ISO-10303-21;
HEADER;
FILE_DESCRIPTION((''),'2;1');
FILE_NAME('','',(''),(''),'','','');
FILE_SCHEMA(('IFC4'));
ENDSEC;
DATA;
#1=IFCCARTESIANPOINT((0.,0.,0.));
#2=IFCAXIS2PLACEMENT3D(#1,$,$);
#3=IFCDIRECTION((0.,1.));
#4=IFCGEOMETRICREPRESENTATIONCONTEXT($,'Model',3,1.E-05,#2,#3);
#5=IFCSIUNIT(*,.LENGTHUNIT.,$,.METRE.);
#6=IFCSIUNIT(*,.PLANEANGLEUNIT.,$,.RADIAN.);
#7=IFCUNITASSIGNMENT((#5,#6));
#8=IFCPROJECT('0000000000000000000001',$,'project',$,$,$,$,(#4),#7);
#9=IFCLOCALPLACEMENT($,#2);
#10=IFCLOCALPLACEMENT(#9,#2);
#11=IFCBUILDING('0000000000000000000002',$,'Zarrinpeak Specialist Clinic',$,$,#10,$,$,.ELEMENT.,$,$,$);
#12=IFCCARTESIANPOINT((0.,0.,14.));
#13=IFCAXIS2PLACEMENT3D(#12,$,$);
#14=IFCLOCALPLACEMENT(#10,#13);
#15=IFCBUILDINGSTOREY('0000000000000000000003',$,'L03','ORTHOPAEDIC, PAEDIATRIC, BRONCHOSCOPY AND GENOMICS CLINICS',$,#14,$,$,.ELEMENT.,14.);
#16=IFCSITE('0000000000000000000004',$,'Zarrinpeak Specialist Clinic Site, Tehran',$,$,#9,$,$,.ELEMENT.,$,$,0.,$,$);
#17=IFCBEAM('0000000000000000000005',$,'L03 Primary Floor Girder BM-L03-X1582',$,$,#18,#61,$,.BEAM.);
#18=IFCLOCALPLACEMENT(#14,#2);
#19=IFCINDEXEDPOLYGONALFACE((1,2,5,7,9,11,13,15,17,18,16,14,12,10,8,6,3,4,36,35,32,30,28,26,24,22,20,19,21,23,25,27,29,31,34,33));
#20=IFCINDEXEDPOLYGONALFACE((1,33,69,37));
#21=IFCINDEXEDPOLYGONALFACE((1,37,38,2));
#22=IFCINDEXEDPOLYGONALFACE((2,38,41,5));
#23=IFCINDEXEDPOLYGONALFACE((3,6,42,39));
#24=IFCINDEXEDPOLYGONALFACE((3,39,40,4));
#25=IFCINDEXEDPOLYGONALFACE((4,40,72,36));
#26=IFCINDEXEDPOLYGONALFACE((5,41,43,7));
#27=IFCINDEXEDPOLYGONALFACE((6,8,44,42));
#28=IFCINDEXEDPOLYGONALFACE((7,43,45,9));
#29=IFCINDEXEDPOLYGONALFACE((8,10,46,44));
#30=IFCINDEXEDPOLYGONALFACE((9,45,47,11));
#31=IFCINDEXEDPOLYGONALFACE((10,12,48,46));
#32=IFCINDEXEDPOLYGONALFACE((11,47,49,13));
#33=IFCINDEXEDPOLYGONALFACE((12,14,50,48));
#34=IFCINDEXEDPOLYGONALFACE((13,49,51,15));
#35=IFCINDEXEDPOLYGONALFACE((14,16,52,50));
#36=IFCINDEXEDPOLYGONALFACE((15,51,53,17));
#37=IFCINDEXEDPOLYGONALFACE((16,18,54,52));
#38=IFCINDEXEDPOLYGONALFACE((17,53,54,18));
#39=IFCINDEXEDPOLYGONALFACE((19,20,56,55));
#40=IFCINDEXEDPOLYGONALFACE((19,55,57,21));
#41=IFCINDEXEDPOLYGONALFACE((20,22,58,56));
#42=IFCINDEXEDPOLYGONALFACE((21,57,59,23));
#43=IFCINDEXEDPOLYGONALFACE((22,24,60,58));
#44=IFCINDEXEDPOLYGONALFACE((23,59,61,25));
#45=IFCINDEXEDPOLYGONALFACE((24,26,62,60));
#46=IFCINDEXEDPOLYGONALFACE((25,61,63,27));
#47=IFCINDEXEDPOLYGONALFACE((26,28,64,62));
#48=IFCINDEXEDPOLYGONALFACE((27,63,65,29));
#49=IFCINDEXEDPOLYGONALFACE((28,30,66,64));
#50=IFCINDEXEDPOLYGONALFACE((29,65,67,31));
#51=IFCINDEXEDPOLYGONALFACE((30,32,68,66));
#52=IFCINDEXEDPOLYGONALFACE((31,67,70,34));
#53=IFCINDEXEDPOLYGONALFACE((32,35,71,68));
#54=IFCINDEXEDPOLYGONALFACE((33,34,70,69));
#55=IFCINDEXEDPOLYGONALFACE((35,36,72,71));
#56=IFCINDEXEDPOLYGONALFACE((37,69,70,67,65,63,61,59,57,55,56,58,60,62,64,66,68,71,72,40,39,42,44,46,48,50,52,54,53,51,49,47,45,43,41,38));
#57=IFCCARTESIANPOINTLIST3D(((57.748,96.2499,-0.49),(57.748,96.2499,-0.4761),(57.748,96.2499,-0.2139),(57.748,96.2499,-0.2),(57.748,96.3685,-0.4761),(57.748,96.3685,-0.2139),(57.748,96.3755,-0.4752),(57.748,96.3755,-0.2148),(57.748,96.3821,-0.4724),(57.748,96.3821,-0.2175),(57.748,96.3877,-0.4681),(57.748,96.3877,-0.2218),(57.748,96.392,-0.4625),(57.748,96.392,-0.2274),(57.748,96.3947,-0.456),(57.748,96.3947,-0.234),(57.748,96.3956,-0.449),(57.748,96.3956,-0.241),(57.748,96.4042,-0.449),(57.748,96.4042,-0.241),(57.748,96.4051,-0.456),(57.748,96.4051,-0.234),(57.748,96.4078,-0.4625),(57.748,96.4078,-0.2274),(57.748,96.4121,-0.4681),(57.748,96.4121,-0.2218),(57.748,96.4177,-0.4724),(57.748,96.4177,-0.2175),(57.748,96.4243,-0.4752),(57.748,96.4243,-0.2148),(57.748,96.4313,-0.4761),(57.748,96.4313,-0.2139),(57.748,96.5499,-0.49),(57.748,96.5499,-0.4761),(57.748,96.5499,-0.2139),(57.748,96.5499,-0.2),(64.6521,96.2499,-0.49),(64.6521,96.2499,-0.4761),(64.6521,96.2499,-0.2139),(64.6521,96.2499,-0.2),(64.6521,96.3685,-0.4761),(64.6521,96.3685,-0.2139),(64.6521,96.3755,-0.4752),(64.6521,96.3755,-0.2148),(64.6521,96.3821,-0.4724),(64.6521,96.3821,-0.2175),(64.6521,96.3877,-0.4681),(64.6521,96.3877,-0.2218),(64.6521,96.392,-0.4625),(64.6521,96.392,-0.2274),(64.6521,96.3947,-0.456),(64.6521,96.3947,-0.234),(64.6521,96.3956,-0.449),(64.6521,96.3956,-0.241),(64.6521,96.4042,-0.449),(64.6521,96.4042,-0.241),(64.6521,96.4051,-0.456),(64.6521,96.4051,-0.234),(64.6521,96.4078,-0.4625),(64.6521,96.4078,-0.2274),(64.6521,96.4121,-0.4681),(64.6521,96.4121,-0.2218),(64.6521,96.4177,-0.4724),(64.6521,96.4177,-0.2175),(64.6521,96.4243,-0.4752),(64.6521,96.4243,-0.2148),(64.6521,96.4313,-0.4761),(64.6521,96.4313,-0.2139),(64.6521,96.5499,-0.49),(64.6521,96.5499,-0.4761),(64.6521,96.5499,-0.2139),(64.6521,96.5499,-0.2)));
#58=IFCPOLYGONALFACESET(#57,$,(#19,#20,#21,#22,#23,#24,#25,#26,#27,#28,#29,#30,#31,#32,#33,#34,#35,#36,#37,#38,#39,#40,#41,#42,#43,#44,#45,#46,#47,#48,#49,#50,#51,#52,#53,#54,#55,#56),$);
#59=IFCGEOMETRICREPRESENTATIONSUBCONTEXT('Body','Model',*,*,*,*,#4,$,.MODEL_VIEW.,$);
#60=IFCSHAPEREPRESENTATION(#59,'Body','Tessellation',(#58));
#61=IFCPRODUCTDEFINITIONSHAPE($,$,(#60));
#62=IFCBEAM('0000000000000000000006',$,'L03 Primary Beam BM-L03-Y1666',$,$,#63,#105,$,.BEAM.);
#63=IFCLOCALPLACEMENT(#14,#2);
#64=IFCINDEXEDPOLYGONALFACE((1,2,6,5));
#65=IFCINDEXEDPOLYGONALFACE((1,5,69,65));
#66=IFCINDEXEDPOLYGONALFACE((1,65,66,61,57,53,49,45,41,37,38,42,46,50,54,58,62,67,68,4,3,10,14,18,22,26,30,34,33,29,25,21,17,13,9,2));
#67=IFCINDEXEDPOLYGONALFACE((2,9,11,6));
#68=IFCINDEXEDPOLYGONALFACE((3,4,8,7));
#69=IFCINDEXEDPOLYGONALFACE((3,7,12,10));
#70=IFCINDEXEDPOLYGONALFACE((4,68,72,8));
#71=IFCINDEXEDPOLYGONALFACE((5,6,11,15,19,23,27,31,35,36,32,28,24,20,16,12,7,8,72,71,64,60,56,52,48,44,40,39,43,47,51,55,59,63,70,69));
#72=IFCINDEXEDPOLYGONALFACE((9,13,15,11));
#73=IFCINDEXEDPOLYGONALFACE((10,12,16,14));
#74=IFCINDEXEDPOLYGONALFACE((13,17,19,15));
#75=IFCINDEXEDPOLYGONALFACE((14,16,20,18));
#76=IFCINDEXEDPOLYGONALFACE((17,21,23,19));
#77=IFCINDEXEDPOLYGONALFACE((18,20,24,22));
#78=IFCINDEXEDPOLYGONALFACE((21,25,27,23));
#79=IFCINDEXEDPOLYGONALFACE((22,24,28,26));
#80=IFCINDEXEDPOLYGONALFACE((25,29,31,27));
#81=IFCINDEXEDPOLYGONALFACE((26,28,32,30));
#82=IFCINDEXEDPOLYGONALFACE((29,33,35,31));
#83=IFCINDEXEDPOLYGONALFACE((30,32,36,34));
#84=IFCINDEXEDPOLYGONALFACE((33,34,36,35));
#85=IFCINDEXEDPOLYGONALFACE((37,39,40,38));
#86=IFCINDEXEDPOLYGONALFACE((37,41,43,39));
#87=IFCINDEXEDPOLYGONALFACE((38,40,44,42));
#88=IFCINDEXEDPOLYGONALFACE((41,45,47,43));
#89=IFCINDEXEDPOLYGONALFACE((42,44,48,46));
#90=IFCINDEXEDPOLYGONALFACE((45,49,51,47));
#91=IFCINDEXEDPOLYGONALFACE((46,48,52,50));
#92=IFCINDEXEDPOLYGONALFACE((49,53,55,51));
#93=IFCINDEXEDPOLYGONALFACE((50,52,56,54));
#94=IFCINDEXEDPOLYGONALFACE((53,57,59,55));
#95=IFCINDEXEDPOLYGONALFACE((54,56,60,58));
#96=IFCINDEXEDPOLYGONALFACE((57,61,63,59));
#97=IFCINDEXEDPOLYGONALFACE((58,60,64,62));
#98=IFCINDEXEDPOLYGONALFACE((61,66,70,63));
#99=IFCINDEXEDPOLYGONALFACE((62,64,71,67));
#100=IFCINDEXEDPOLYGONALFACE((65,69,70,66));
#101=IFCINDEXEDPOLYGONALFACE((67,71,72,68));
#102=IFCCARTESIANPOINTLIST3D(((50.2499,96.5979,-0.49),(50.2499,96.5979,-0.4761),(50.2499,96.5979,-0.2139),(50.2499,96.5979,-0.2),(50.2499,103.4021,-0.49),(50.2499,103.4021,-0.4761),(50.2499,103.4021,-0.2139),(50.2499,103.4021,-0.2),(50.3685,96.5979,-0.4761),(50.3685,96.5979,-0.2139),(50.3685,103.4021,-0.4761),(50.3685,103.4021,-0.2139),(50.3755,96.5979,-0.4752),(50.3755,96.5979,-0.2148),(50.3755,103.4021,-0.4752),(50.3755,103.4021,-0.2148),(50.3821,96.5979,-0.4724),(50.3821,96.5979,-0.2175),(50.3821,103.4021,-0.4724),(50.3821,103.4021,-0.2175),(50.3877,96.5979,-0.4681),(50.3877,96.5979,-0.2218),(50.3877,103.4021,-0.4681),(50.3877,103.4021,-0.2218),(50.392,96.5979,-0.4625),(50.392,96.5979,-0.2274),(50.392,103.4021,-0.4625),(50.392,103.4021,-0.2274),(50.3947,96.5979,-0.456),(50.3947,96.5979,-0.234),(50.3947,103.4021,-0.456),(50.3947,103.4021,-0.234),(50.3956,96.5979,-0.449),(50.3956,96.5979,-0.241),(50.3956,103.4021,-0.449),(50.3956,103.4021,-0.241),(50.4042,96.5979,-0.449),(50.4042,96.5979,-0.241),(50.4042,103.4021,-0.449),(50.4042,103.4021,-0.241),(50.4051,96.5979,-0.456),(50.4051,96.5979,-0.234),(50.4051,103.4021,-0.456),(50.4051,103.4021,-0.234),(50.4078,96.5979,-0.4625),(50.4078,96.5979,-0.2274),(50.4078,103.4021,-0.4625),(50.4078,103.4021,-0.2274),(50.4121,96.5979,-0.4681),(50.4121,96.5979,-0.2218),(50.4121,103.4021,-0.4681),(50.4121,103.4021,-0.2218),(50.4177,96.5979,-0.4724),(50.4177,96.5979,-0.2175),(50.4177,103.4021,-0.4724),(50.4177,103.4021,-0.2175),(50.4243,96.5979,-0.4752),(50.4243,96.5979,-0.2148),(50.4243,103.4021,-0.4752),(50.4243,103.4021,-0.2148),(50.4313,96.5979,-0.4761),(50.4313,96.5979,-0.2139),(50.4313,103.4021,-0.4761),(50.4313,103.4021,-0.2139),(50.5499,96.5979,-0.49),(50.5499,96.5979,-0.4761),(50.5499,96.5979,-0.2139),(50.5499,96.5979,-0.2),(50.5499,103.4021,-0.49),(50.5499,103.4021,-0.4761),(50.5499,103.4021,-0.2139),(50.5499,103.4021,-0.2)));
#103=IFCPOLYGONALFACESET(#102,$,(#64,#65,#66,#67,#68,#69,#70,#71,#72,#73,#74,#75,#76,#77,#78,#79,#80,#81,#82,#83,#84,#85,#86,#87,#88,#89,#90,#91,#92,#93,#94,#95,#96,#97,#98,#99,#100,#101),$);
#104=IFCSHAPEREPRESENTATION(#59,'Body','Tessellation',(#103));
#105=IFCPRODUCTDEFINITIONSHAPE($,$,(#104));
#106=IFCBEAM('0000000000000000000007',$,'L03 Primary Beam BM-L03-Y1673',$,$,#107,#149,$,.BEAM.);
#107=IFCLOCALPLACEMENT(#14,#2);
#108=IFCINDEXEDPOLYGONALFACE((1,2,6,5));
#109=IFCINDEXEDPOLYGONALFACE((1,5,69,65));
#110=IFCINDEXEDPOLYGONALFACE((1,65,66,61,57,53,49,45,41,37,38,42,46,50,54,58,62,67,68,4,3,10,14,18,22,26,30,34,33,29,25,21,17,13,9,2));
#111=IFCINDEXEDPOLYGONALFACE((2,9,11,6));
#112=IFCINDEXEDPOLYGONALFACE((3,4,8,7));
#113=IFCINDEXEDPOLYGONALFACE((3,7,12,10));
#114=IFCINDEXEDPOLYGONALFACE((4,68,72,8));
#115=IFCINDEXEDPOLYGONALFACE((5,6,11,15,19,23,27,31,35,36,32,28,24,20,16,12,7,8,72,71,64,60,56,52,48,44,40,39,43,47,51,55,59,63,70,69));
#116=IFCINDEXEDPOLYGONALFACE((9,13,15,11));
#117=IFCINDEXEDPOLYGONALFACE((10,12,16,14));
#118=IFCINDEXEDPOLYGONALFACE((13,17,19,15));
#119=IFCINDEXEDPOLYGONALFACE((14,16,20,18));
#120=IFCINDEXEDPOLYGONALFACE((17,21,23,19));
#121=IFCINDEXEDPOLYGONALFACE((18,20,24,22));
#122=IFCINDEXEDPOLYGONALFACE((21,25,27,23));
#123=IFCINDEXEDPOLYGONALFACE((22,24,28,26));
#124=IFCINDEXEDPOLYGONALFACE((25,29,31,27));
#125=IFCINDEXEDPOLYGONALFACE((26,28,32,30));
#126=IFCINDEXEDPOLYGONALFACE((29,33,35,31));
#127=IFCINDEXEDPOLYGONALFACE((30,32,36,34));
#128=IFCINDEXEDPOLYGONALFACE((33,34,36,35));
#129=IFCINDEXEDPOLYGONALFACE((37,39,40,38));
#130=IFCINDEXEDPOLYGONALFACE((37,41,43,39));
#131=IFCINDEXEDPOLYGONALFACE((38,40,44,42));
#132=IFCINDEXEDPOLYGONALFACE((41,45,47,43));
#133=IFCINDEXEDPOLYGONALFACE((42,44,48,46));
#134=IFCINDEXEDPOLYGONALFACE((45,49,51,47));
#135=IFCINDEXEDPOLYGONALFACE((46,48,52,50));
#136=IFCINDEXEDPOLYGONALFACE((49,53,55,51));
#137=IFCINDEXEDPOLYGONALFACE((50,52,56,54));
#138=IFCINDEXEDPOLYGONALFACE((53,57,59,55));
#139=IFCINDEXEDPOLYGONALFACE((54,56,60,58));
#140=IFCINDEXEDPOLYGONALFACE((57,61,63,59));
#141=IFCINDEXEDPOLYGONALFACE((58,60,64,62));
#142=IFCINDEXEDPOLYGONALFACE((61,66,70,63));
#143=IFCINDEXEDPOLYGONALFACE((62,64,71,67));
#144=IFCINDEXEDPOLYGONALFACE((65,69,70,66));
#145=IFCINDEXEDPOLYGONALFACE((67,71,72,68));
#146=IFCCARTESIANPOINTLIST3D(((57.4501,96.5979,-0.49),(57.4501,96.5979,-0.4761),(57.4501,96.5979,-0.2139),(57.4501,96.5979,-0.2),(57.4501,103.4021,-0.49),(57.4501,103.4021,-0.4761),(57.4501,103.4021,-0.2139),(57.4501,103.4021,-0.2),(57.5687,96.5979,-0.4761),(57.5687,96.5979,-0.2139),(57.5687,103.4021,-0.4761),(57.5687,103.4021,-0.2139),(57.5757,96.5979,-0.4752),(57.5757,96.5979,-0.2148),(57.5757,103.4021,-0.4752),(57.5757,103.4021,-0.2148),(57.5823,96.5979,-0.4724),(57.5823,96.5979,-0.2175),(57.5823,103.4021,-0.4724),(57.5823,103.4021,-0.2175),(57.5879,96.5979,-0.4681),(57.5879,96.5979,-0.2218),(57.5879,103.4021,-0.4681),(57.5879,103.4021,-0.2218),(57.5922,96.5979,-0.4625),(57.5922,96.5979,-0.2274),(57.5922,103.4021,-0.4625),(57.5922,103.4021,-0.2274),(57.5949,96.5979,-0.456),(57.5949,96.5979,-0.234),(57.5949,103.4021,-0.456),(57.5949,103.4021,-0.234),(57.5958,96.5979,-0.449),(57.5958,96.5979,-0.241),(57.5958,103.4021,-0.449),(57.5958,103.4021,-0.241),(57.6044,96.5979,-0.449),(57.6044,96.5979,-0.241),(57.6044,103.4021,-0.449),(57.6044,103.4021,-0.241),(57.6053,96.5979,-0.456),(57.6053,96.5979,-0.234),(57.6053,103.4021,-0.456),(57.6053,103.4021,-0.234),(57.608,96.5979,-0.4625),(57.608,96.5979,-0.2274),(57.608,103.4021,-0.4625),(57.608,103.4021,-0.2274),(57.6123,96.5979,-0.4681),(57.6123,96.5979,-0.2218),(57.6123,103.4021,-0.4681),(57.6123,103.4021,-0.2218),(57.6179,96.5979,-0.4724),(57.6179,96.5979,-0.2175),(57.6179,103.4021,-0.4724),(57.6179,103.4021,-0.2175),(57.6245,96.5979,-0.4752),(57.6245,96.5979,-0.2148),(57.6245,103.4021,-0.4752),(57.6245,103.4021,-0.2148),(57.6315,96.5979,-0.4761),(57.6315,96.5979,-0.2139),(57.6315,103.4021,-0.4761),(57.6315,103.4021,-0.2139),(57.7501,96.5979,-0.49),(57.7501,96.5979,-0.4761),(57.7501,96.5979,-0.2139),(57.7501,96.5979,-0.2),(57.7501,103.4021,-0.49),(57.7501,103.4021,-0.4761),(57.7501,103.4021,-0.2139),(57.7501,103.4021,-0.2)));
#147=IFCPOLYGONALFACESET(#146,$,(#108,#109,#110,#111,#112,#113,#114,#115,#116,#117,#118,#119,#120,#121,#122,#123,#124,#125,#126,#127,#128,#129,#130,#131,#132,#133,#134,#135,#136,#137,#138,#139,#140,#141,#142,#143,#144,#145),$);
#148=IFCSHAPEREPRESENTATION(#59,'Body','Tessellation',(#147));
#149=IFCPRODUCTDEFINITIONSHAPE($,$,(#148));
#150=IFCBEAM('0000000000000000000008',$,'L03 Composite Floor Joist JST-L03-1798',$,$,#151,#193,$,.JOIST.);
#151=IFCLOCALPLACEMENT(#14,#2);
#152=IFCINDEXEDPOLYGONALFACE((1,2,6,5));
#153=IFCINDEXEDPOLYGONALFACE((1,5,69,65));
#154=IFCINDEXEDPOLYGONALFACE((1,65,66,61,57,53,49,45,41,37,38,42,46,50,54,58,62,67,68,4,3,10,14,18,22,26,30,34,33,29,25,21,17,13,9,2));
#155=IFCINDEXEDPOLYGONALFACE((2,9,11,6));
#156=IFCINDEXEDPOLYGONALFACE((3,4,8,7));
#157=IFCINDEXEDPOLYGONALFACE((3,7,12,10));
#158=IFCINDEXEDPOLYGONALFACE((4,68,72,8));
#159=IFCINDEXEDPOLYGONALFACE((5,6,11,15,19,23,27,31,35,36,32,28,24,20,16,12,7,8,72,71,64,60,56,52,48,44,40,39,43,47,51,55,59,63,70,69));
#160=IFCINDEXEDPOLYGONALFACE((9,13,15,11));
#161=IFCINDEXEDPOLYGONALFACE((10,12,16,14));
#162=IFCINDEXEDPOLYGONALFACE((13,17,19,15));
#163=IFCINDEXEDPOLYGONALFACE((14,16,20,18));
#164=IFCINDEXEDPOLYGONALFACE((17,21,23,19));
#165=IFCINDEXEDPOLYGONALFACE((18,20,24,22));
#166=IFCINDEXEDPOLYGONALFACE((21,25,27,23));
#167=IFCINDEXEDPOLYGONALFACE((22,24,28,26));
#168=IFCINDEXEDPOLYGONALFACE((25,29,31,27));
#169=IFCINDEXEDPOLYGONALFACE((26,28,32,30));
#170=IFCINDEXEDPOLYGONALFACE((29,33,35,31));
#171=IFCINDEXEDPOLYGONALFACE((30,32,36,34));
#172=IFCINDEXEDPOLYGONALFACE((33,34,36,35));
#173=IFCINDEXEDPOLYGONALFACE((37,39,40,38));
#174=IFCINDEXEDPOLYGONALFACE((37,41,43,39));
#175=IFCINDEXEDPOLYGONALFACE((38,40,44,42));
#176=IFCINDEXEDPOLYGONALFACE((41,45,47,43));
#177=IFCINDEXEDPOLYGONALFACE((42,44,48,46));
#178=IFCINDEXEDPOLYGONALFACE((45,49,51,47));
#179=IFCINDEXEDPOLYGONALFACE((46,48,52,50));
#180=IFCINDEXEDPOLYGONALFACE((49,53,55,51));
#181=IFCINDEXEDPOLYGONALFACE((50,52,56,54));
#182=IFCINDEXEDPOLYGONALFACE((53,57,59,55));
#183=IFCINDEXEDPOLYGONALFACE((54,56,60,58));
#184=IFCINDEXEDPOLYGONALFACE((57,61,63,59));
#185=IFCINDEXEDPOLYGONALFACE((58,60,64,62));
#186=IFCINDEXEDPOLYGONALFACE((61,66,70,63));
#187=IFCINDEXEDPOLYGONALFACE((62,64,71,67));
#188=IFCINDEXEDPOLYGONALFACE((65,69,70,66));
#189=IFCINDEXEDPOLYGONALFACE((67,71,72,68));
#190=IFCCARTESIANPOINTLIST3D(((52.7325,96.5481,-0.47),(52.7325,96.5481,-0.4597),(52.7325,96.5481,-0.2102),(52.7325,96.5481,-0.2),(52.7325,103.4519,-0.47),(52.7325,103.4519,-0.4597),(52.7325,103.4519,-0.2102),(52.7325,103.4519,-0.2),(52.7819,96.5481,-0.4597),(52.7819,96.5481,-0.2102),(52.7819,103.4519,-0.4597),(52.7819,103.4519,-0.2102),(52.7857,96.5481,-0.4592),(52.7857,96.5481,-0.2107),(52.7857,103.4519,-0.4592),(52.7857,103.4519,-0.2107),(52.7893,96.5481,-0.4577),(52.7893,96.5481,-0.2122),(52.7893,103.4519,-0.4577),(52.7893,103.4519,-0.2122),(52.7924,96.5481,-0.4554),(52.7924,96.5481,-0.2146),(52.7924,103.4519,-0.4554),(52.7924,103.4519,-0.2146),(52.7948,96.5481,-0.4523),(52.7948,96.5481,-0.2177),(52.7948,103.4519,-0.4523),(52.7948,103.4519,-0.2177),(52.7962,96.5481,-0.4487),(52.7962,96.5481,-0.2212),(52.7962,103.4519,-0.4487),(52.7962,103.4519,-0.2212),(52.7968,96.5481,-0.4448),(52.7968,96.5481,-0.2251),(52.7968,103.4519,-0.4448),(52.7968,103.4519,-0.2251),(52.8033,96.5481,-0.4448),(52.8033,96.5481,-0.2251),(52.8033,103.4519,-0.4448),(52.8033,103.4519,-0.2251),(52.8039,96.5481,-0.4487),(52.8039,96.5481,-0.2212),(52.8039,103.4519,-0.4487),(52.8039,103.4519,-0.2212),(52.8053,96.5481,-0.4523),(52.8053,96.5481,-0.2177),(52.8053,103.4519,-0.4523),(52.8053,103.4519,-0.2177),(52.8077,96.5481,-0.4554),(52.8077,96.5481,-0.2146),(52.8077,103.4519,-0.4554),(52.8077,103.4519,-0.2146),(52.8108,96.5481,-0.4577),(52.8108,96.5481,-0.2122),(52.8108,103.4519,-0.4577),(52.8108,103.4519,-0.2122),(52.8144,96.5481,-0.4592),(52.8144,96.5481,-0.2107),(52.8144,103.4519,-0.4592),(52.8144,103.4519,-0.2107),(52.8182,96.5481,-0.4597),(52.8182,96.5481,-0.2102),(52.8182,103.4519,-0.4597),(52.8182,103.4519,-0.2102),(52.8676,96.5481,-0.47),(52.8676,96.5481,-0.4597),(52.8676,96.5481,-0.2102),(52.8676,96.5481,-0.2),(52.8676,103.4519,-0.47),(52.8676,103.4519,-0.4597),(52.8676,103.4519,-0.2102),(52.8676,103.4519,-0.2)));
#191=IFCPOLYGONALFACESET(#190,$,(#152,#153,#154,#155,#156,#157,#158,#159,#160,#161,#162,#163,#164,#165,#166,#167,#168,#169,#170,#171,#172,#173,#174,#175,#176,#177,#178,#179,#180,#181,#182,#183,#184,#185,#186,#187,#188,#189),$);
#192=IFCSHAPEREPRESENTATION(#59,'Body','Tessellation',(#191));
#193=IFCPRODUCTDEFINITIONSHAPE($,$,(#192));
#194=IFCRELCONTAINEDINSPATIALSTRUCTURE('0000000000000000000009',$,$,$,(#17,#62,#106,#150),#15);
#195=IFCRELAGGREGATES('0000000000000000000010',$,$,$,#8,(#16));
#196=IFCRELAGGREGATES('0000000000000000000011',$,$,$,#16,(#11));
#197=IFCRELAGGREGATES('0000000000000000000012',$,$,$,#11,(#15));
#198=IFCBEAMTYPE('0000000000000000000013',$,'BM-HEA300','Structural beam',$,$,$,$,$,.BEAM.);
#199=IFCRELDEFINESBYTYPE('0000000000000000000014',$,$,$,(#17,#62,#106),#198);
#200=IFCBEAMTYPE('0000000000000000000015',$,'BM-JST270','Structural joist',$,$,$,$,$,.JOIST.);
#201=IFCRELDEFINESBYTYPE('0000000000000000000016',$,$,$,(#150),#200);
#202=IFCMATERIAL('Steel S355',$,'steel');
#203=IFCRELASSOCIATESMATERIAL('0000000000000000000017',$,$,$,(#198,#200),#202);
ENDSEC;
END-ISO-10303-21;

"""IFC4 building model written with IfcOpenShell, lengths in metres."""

from ifc_helpers import new_model, si_unit, direction, frame, origin, origin_2d, place, context, subcontext, project, spatial, i_section, extrude, material, material_profile, profile_set, type_object, element, save


model = new_model("IFC4")

# Units and contexts
model_context = context("Model", 3, precision=1e-05, world=origin(), true_north=direction((0.0, 1.0)))
body_context = subcontext(model_context, "Body", "Model", "MODEL_VIEW")
ifc_project = project(units=[si_unit("LENGTHUNIT", "METRE"), si_unit("PLANEANGLEUNIT", "RADIAN")], contexts=[model_context])

# Site, building, storey
site_placement = place(None, origin())
site = spatial("IfcSite", under=ifc_project, at=site_placement, Name="Zarrinpeak Specialist Clinic Site, Tehran", CompositionType="ELEMENT", RefElevation=0.0)
building_placement = place(site_placement, origin())
building = spatial("IfcBuilding", under=site, at=building_placement, Name="Zarrinpeak Specialist Clinic", CompositionType="ELEMENT")
storey_placement = place(building_placement, frame((0.0, 0.0, 14.0)))
storey = spatial("IfcBuildingStorey", under=building, at=storey_placement, Name="L03", Description="ORTHOPAEDIC, PAEDIATRIC, BRONCHOSCOPY AND GENOMICS CLINICS", CompositionType="ELEMENT", Elevation=14.0)

# Shared definitions
ifc_material_1 = material(Name="Steel S355", Category="steel")

# Beams
ifc_material_profile_1 = material_profile(ifc_material_1, i_section(OverallWidth=0.3, OverallDepth=0.29, WebThickness=0.0085, FlangeThickness=0.0139, FilletRadius=0.0271, at=origin_2d()), Name="HEA 300")
ifc_profile_set_1 = profile_set([ifc_material_profile_1], Name="Steel S355")
beam_type_1 = type_object("IfcBeamType", Name="BM-HEA300", Description="Structural beam", PredefinedType="BEAM", material=ifc_profile_set_1)
beam_1_placement = place(storey_placement, frame((57.748, 96.3999, -0.345), z_axis=(1.0, 0.0, 0.0), x_axis=(0.0, 1.0, 0.0)))
element("IfcBeam", 1, at=beam_1_placement, inside=storey, type_object=beam_type_1, Name="L03 Primary Floor Girder BM-L03-X1582", PredefinedType="BEAM", context=body_context, shape_type="SweptSolid", body=[
    extrude(i_section(OverallWidth=0.3, OverallDepth=0.29, WebThickness=0.0085, FlangeThickness=0.0139, FilletRadius=0.0271, at=origin_2d()), origin(), (0.0, 0.0, 1.0), 6.9041),
])
for number, where, z_axis, x_axis, name in (
    (2, (50.3999, 96.5979, -0.345), (0.0, 1.0, 0.0), (-1.0, 0.0, 0.0), "L03 Primary Beam BM-L03-Y1666"),
    (3, (57.6001, 96.5979, -0.345), (0.0, 1.0, 0.0), (-1.0, 0.0, 0.0), "L03 Primary Beam BM-L03-Y1673"),
):
    element("IfcBeam", number, at=place(storey_placement, frame(where, z_axis=z_axis, x_axis=x_axis)), inside=storey, type_object=beam_type_1, Name=name, PredefinedType="BEAM", context=body_context, shape_type="SweptSolid", body=[
        extrude(i_section(OverallWidth=0.3, OverallDepth=0.29, WebThickness=0.0085, FlangeThickness=0.0139, FilletRadius=0.0271, at=origin_2d()), origin(), (0.0, 0.0, 1.0), 6.8042),
    ])
ifc_material_profile_2 = material_profile(ifc_material_1, i_section(OverallWidth=0.135, OverallDepth=0.27, WebThickness=0.0066, FlangeThickness=0.0103, FilletRadius=0.0149, at=origin_2d()), Name="IPE 270")
ifc_profile_set_2 = profile_set([ifc_material_profile_2], Name="Steel S355")
beam_type_2 = type_object("IfcBeamType", Name="BM-JST270", Description="Structural joist", PredefinedType="JOIST", material=ifc_profile_set_2)
for number, where, z_axis, x_axis, name in (
    (4, (52.8, 96.5481, -0.335), (0.0, 1.0, 0.0), (-1.0, 0.0, 0.0), "L03 Composite Floor Joist JST-L03-1798"),
):
    element("IfcBeam", number, at=place(storey_placement, frame(where, z_axis=z_axis, x_axis=x_axis)), inside=storey, type_object=beam_type_2, Name=name, PredefinedType="JOIST", context=body_context, shape_type="SweptSolid", body=[
        extrude(i_section(OverallWidth=0.135, OverallDepth=0.27, WebThickness=0.0066, FlangeThickness=0.0103, FilletRadius=0.0149, at=origin_2d()), origin(), (0.0, 0.0, 1.0), 6.9038),
    ])

save(model, "model.ifc")
